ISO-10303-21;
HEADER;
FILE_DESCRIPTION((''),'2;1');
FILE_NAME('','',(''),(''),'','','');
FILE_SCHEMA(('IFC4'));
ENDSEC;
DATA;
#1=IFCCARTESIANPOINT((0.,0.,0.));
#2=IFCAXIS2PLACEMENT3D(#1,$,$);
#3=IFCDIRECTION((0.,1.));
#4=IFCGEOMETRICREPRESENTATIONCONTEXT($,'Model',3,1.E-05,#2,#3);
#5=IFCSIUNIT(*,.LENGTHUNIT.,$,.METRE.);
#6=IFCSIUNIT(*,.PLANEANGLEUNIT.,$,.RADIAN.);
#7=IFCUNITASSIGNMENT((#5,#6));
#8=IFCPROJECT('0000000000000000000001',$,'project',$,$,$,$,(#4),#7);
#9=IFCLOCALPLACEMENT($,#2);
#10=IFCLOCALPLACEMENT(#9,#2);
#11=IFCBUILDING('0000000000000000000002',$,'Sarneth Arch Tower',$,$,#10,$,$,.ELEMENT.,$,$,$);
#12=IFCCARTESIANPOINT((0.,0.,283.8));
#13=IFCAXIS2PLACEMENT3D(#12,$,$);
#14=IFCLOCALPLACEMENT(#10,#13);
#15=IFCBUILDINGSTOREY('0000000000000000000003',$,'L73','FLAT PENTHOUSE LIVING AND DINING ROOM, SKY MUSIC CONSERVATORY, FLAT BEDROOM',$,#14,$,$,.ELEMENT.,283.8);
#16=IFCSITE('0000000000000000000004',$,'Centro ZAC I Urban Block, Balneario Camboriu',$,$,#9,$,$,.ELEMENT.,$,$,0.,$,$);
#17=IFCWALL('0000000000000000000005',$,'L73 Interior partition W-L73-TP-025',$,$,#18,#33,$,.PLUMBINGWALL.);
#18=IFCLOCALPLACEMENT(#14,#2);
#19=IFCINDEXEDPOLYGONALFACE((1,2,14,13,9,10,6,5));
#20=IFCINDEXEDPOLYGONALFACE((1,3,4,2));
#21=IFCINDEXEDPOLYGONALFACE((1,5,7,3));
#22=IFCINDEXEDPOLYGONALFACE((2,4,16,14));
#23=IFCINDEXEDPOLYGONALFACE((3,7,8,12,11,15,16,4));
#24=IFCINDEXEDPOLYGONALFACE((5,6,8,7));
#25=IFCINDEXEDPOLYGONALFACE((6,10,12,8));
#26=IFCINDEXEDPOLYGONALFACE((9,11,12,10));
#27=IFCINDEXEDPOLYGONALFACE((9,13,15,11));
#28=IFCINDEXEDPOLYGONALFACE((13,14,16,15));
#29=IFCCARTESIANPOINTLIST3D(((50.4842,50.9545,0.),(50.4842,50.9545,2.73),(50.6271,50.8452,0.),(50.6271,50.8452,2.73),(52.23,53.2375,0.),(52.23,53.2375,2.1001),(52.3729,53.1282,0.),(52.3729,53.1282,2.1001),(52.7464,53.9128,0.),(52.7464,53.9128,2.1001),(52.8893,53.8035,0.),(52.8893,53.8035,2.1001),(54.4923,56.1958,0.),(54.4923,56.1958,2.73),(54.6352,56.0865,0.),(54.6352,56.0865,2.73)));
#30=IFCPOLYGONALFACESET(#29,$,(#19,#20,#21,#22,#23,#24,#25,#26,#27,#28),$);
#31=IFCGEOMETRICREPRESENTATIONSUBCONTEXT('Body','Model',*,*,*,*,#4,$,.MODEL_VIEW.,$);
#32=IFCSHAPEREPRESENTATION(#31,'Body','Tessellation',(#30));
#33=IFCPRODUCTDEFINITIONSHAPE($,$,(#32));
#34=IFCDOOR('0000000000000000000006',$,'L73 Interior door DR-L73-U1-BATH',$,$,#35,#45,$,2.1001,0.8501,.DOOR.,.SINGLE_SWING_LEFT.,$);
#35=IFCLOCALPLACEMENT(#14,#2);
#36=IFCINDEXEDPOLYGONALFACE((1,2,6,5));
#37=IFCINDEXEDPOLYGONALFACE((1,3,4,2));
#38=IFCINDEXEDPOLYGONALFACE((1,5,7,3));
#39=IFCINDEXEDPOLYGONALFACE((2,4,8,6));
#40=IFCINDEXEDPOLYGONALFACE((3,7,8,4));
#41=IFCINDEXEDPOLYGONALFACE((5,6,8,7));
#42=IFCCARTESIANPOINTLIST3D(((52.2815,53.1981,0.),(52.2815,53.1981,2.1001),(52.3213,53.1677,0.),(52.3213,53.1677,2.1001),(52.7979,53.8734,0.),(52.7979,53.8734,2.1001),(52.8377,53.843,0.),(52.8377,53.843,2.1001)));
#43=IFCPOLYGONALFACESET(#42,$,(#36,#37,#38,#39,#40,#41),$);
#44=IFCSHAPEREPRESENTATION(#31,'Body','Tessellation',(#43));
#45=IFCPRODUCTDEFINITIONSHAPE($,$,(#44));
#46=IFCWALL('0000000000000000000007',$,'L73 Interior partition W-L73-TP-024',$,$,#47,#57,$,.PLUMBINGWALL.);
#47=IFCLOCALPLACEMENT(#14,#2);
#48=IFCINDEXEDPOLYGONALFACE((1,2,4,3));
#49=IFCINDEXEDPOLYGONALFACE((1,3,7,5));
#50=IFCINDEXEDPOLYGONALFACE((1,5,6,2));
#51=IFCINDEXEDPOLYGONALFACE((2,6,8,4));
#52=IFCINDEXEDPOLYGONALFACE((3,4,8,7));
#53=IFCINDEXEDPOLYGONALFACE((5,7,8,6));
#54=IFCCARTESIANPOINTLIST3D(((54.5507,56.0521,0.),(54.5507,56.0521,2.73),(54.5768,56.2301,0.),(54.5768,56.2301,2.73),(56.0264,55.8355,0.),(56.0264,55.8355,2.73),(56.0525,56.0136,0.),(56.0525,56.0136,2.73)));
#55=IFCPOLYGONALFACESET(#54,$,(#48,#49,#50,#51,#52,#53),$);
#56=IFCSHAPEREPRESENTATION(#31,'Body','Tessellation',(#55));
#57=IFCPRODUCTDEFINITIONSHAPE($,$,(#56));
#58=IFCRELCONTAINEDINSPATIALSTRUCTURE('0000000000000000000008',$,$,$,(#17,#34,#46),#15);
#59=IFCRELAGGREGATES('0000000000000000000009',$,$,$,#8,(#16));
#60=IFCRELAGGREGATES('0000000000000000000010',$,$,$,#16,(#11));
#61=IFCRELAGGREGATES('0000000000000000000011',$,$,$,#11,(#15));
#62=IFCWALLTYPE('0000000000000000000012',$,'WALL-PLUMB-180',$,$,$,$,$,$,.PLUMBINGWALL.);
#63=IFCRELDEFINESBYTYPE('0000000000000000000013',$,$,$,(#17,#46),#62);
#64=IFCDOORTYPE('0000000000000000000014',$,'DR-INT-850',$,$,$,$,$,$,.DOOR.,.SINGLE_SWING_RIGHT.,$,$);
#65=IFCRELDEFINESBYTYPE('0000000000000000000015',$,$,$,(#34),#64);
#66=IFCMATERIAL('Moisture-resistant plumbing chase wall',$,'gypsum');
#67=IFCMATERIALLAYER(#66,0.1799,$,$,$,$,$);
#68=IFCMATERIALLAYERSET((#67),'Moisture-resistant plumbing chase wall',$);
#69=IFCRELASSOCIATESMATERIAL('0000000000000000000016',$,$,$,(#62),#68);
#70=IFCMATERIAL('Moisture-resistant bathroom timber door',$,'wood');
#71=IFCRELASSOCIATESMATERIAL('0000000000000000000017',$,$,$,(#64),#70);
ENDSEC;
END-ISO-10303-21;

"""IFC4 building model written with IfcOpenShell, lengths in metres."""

from ifc_helpers import new_model, si_unit, direction, frame, frame_2d, origin, place, context, subcontext, project, spatial, rectangle, extrude, material, layer, layer_set, type_object, element, fill, save


model = new_model("IFC4")

# Units and contexts
model_context = context("Model", 3, precision=1e-05, world=origin(), true_north=direction((0.0, 1.0)))
body_context = subcontext(model_context, "Body", "Model", "MODEL_VIEW")
ifc_project = project(units=[si_unit("LENGTHUNIT", "METRE"), si_unit("PLANEANGLEUNIT", "RADIAN")], contexts=[model_context])

# Site, building, storey
site_placement = place(None, origin())
site = spatial("IfcSite", under=ifc_project, at=site_placement, Name="Centro ZAC I Urban Block, Balneario Camboriu", CompositionType="ELEMENT", RefElevation=0.0)
building_placement = place(site_placement, origin())
building = spatial("IfcBuilding", under=site, at=building_placement, Name="Sarneth Arch Tower", CompositionType="ELEMENT")
storey_placement = place(building_placement, frame((0.0, 0.0, 283.8)))
storey = spatial("IfcBuildingStorey", under=building, at=storey_placement, Name="L73", Description="FLAT PENTHOUSE LIVING AND DINING ROOM, SKY MUSIC CONSERVATORY, FLAT BEDROOM", CompositionType="ELEMENT", Elevation=283.8)

# Wall, opening, door
ifc_material_1 = material(Name="Moisture-resistant plumbing chase wall", Category="gypsum")
ifc_layer_1 = layer(ifc_material_1, 0.1799)
ifc_layer_set_1 = layer_set([ifc_layer_1], Name="Moisture-resistant plumbing chase wall")
wall_type_1 = type_object("IfcWallType", Name="WALL-PLUMB-180", PredefinedType="PLUMBINGWALL", material=ifc_layer_set_1)
wall_1_placement = place(storey_placement, frame((54.5637, 56.1411, 0.0), z_axis=(0.0, 0.0, 1.0), x_axis=(-0.607457, -0.794353, 0.0)))
wall_1 = element("IfcWall", 1, at=wall_1_placement, inside=storey, type_object=wall_type_1, Name="L73 Interior partition W-L73-TP-025", PredefinedType="PLUMBINGWALL", context=body_context, shape_type="SweptSolid", body=[
    extrude(rectangle(XDim=6.5981, YDim=0.1799, at=frame_2d((3.2991, 0.0))), origin(), (0.0, 0.0, 1.0), 2.73),
])
opening_1_placement = place(wall_1_placement, frame((2.874, 0.0, 0.0)))
opening_1 = element("IfcOpeningElement", 2, at=opening_1_placement, cuts=wall_1, PredefinedType="OPENING", context=body_context, shape_type="SweptSolid", body=[
    extrude(rectangle(XDim=0.8501, YDim=2.1001, at=frame_2d((0.425, 1.05))), frame((0.0, 0.0999, 0.0), z_axis=(0.0, -1.0, 0.0), x_axis=(1.0, 0.0, 0.0)), (0.0, 0.0, 1.0), 0.2),
])
ifc_material_2 = material(Name="Moisture-resistant bathroom timber door", Category="wood")
door_type_1 = type_object("IfcDoorType", Name="DR-INT-850", OperationType="SINGLE_SWING_RIGHT", PredefinedType="DOOR", material=ifc_material_2)
door_1_placement = place(opening_1_placement, origin())
door_1 = element("IfcDoor", 3, at=door_1_placement, inside=storey, type_object=door_type_1, Name="L73 Interior door DR-L73-U1-BATH", OperationType="SINGLE_SWING_LEFT", OverallHeight=2.1001, OverallWidth=0.8501, PredefinedType="DOOR", context=body_context, shape_type="SweptSolid", body=[
    extrude(rectangle(XDim=0.8501, YDim=2.1001, at=frame_2d((0.425, 1.05))), frame((0.0, 0.0249, 0.0), z_axis=(0.0, -1.0, 0.0), x_axis=(1.0, 0.0, 0.0)), (0.0, 0.0, 1.0), 0.05),
])
fill(opening_1, door_1)

# Wall
wall_2_placement = place(storey_placement, frame((56.0393, 55.9246, 0.0), z_axis=(0.0, 0.0, 1.0), x_axis=(-0.989402, 0.145202, 0.0)))
element("IfcWall", 4, at=wall_2_placement, inside=storey, type_object=wall_type_1, Name="L73 Interior partition W-L73-TP-024", PredefinedType="PLUMBINGWALL", context=body_context, shape_type="SweptSolid", body=[
    extrude(rectangle(XDim=1.4915, YDim=0.1799, at=frame_2d((0.7456, 0.0))), origin(), (0.0, 0.0, 1.0), 2.73),
])

save(model, "model.ifc")
